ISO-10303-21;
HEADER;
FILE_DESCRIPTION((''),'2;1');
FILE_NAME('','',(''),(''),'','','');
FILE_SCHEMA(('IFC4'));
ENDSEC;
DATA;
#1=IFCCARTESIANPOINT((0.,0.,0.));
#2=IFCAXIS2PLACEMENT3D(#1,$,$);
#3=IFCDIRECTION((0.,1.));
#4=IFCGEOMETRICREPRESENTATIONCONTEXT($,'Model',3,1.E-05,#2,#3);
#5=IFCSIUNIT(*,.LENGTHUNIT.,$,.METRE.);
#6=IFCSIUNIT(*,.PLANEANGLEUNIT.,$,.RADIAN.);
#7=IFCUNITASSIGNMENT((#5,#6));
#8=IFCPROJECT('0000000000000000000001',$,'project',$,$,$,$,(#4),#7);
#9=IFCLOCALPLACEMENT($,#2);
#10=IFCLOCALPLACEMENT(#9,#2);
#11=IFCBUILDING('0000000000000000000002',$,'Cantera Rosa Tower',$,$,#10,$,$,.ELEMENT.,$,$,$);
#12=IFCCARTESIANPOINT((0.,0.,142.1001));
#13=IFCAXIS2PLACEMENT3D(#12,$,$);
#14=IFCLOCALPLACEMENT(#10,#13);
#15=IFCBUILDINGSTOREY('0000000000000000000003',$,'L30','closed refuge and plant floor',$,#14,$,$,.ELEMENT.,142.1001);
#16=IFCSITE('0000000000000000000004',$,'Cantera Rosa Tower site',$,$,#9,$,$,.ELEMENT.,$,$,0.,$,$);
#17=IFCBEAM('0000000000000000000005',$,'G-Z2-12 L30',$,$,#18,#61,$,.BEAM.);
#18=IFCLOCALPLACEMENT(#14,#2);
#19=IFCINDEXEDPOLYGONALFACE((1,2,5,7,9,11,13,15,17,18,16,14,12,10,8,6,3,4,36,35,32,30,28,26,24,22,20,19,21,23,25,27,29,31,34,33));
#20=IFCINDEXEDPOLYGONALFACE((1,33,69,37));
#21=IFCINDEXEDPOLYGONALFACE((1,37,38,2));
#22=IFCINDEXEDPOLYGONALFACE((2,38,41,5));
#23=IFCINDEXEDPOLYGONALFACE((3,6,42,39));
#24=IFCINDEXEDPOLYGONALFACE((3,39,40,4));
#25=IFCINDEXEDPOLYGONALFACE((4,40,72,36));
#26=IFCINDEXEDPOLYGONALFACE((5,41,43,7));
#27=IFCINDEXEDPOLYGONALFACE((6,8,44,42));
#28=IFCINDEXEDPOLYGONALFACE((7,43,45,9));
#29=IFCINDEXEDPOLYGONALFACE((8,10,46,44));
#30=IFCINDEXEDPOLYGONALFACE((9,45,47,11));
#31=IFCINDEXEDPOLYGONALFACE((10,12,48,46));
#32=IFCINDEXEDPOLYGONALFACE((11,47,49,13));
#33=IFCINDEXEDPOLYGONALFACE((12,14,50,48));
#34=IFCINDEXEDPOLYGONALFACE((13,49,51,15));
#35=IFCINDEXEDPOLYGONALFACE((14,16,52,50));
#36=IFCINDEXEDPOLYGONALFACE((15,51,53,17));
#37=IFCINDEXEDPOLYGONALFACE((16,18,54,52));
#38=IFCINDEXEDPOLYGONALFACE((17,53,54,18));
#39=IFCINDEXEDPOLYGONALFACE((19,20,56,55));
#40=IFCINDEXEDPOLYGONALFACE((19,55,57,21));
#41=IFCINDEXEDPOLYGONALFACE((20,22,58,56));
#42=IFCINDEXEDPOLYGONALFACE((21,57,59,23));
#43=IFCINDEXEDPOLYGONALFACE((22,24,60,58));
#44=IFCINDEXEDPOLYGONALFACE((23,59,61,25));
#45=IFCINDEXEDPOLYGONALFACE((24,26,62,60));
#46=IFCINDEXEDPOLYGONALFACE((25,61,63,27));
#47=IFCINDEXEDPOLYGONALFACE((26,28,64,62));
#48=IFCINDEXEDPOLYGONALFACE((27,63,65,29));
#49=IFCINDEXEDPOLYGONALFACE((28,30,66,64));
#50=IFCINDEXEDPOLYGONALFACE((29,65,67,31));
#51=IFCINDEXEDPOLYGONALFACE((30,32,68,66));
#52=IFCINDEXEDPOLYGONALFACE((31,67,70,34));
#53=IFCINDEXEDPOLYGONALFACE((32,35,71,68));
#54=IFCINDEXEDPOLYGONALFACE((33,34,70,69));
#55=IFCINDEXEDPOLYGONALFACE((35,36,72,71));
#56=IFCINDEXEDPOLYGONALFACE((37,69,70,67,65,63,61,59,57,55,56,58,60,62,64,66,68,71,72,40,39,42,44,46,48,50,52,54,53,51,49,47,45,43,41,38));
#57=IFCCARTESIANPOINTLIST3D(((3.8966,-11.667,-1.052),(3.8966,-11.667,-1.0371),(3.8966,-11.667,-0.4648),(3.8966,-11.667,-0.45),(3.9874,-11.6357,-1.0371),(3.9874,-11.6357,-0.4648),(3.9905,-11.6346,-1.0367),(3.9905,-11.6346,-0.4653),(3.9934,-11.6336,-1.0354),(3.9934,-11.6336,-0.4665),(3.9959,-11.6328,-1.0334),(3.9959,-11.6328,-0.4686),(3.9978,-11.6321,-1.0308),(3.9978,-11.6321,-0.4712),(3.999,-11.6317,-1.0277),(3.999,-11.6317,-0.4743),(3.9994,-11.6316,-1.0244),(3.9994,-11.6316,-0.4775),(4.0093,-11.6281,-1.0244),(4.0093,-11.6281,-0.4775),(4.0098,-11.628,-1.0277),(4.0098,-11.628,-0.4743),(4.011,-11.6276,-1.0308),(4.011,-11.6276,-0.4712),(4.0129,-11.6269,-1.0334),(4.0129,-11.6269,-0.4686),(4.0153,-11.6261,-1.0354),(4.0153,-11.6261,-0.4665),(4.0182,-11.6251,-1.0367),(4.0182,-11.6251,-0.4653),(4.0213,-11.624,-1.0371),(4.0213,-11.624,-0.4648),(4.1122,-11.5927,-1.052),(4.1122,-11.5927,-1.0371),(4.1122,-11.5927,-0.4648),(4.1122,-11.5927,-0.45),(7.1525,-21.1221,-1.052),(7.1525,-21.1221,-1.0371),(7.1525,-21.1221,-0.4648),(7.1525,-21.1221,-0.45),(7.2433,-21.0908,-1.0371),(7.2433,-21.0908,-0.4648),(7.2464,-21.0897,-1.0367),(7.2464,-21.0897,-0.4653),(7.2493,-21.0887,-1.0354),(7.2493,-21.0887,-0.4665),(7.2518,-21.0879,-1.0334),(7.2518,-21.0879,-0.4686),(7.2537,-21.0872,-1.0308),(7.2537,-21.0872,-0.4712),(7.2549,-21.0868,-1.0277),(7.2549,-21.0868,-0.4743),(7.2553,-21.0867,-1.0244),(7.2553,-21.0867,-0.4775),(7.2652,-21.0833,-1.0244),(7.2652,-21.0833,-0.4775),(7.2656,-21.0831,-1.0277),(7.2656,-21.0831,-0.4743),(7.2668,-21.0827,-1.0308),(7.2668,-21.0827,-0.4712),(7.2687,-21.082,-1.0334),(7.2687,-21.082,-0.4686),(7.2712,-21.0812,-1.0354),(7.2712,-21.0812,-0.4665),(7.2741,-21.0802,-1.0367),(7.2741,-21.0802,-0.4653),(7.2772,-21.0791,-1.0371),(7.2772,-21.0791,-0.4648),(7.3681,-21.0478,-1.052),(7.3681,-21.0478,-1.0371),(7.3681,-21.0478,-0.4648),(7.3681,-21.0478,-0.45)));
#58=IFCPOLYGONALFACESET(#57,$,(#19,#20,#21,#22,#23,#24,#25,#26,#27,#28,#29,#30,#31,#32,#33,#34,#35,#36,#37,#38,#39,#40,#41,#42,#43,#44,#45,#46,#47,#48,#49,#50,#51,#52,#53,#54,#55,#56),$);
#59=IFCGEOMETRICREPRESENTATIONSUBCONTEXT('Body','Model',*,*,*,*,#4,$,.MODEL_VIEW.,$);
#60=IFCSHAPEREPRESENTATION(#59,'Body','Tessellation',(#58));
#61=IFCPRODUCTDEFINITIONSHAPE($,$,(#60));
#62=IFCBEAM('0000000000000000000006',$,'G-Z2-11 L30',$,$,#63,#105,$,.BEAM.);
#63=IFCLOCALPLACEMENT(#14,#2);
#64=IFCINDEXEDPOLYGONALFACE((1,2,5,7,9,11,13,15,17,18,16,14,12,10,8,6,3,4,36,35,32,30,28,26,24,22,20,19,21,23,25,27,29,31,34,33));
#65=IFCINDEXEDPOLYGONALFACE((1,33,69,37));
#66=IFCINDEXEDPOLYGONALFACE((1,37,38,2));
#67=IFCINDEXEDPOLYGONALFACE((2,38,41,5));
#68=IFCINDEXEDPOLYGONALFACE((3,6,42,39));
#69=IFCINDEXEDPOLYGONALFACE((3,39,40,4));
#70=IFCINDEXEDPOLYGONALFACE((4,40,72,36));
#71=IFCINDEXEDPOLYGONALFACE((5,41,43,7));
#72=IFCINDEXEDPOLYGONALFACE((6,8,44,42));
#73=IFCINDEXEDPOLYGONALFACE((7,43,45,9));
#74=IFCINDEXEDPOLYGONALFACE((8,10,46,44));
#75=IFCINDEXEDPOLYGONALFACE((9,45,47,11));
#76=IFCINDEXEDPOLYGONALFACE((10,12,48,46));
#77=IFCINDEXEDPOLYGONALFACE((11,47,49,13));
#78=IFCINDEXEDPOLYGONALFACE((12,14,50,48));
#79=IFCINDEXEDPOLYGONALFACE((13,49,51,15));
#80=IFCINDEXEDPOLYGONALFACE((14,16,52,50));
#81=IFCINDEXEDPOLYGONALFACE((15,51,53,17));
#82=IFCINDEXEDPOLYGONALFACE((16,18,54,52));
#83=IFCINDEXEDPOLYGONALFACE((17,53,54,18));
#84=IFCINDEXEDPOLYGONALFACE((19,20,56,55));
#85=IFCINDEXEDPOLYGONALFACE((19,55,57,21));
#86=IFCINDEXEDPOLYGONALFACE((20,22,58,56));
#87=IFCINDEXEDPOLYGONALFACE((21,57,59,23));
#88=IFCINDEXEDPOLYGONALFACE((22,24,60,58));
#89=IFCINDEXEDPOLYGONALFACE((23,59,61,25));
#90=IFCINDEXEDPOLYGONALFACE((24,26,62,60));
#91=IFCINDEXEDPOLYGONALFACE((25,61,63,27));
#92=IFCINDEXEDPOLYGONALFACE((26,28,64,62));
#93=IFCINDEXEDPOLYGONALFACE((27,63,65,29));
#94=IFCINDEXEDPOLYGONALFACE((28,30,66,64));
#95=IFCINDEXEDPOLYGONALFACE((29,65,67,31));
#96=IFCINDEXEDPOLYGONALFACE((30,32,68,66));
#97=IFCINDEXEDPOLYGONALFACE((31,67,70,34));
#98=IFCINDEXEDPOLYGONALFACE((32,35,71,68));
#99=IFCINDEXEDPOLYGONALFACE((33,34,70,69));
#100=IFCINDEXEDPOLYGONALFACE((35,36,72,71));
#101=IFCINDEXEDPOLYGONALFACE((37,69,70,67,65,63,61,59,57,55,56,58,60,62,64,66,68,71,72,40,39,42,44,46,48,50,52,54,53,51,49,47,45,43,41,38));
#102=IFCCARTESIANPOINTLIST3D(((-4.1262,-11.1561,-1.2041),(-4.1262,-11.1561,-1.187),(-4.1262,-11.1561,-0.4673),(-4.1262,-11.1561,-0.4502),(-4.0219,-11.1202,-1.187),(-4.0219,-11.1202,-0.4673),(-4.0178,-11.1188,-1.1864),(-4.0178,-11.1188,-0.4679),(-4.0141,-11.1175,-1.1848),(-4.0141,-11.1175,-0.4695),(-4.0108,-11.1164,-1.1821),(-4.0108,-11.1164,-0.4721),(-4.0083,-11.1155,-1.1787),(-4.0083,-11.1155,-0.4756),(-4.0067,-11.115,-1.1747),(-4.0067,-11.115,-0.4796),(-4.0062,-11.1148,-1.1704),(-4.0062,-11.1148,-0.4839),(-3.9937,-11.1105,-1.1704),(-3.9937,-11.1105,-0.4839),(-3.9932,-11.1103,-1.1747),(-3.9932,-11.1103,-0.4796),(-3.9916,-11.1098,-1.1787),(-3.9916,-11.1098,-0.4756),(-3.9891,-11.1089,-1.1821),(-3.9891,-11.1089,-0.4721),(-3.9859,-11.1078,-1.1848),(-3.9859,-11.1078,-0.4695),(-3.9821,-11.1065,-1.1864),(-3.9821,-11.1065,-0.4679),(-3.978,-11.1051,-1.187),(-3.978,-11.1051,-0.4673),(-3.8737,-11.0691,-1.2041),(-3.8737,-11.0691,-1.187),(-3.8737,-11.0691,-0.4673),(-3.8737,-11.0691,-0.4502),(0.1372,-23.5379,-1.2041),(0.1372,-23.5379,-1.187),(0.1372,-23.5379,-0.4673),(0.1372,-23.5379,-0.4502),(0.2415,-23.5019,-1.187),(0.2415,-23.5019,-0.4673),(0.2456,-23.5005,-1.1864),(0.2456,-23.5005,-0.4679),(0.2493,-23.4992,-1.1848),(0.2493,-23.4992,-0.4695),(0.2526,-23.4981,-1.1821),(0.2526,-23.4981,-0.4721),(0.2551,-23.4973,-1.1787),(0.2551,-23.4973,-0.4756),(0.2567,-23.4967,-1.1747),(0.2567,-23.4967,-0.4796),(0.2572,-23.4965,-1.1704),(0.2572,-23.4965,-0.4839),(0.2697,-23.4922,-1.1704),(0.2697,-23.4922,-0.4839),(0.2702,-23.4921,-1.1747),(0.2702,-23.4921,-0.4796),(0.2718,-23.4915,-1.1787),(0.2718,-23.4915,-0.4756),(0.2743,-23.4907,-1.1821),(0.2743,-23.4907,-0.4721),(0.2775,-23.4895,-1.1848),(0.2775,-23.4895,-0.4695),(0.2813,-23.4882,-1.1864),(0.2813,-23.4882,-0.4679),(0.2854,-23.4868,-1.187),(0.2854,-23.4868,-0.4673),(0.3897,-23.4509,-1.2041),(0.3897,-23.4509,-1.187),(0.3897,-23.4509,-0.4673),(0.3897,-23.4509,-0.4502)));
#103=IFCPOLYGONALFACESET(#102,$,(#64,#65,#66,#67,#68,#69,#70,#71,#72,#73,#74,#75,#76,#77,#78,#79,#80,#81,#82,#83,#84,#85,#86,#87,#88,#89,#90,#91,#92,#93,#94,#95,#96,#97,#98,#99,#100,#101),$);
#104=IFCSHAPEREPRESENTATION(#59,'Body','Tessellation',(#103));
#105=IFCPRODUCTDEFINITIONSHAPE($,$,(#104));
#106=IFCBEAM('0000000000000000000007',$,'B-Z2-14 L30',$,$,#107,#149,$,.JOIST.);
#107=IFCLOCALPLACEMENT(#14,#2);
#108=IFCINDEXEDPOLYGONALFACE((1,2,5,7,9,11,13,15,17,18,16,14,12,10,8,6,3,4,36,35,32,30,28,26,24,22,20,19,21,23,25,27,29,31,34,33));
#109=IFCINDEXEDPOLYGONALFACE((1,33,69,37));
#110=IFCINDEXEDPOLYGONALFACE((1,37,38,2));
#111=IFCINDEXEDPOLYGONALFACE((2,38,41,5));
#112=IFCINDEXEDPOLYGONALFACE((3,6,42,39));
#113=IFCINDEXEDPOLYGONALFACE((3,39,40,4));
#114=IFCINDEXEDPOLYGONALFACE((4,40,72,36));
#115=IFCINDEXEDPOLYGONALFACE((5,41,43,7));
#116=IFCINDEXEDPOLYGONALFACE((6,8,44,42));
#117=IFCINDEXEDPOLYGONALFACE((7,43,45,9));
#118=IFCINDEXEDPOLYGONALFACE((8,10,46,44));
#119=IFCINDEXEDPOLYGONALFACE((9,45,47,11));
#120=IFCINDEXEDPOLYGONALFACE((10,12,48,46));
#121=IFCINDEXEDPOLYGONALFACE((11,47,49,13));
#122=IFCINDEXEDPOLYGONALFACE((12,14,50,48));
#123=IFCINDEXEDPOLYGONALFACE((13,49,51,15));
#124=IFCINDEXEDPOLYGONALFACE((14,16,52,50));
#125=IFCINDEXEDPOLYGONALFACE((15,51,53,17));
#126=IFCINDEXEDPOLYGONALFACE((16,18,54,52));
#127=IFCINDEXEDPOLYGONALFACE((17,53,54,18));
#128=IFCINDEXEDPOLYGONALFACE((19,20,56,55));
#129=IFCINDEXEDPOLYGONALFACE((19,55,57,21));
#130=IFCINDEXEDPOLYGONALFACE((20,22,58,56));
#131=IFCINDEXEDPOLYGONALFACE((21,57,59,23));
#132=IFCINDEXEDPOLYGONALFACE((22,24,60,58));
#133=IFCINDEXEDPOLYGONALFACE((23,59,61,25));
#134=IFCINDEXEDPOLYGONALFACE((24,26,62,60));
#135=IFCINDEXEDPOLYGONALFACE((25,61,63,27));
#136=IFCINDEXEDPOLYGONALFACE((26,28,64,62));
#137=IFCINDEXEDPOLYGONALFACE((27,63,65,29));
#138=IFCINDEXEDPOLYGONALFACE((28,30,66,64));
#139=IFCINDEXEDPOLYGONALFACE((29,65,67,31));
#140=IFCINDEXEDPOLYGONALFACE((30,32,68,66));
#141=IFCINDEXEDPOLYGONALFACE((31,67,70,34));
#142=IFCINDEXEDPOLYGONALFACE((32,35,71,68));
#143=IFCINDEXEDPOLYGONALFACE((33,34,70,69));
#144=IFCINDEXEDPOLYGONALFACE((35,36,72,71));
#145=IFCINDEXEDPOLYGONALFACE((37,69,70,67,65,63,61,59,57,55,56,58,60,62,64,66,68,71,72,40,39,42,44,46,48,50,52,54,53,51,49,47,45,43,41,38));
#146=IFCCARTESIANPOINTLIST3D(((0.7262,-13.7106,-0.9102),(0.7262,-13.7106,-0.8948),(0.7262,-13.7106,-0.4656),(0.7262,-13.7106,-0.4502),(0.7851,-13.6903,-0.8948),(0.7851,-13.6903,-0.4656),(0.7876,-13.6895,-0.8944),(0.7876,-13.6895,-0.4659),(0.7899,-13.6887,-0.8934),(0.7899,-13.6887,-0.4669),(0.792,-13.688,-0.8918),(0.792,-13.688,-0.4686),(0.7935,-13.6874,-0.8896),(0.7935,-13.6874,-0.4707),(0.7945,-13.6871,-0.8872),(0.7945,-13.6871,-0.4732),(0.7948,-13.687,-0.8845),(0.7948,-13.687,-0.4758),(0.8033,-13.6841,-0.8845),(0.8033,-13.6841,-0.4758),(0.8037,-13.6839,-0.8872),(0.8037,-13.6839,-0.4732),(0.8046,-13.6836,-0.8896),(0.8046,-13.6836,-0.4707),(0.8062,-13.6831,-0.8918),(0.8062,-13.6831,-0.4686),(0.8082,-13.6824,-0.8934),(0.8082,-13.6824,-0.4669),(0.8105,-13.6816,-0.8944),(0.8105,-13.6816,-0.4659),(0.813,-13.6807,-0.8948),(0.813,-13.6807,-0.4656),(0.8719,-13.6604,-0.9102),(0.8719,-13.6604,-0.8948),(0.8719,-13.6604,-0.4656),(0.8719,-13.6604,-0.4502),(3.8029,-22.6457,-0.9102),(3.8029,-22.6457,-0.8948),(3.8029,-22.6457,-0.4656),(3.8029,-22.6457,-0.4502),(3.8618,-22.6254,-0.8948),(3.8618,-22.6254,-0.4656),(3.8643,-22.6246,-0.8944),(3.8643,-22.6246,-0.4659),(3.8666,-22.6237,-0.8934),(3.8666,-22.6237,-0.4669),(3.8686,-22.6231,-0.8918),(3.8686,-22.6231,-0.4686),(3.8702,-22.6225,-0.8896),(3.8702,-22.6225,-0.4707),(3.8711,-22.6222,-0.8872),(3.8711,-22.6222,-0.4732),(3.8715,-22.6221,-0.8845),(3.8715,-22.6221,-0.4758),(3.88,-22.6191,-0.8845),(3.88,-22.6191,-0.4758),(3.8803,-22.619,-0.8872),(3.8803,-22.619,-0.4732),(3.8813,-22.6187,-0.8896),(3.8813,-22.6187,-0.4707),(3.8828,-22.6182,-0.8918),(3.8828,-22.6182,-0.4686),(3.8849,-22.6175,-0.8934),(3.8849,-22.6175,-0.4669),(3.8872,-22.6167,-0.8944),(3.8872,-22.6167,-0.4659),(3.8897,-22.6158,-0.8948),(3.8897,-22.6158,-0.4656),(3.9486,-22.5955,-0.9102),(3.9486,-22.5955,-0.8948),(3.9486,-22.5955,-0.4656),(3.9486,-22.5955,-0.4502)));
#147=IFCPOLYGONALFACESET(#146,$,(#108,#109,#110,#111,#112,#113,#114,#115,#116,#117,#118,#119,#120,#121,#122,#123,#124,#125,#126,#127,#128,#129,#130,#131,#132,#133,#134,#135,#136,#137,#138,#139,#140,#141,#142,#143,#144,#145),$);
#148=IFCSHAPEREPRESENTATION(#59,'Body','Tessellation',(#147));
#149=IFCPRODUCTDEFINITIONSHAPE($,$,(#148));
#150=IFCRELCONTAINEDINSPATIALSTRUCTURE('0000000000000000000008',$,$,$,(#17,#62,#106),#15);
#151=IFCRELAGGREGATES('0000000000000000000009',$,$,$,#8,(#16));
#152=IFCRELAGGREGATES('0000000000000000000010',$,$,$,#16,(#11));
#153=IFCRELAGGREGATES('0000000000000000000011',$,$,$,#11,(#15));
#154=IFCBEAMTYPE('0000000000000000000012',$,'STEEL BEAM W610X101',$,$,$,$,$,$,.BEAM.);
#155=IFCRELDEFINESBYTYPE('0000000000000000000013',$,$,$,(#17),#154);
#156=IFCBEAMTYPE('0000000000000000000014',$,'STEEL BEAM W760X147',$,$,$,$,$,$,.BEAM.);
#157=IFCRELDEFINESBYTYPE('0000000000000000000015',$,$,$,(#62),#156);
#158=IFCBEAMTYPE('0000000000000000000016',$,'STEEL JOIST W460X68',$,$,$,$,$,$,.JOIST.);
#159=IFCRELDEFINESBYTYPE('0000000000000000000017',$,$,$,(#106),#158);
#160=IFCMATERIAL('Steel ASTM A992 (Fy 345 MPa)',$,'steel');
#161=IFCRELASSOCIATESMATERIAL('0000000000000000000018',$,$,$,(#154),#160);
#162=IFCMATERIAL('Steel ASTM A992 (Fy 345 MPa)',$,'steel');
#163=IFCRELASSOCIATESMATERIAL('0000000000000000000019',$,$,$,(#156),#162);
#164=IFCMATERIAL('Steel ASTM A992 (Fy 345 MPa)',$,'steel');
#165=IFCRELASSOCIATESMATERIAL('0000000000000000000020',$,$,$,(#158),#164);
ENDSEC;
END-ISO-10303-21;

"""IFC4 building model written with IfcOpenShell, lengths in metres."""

from ifc_helpers import new_model, si_unit, direction, frame, origin, origin_2d, place, context, subcontext, project, spatial, i_section, extrude, material, material_profile, profile_set, type_object, element, save


model = new_model("IFC4")

# Units and contexts
model_context = context("Model", 3, precision=1e-05, world=origin(), true_north=direction((0.0, 1.0)))
body_context = subcontext(model_context, "Body", "Model", "MODEL_VIEW")
ifc_project = project(units=[si_unit("LENGTHUNIT", "METRE"), si_unit("PLANEANGLEUNIT", "RADIAN")], contexts=[model_context])

# Site, building, storey
site_placement = place(None, origin())
site = spatial("IfcSite", under=ifc_project, at=site_placement, Name="Cantera Rosa Tower site", CompositionType="ELEMENT", RefElevation=0.0)
building_placement = place(site_placement, origin())
building = spatial("IfcBuilding", under=site, at=building_placement, Name="Cantera Rosa Tower", CompositionType="ELEMENT")
storey_placement = place(building_placement, frame((0.0, 0.0, 142.1001)))
storey = spatial("IfcBuildingStorey", under=building, at=storey_placement, Name="L30", Description="closed refuge and plant floor", CompositionType="ELEMENT", Elevation=142.1001)

# Beams
ifc_material_1 = material(Name="Steel ASTM A992 (Fy 345 MPa)", Category="steel")
ifc_material_profile_1 = material_profile(ifc_material_1, i_section(OverallWidth=0.228, OverallDepth=0.6021, WebThickness=0.0105, FlangeThickness=0.0149, FilletRadius=0.0127, at=origin_2d()), Name="W610X101")
ifc_profile_set_1 = profile_set([ifc_material_profile_1], Name="Steel ASTM A992 (Fy 345 MPa)")
beam_type_1 = type_object("IfcBeamType", Name="STEEL BEAM W610X101", PredefinedType="BEAM", material=ifc_profile_set_1)
beam_1_placement = place(storey_placement, frame((7.2603, -21.085, -0.751), z_axis=(-0.325587, 0.945512, 0.0), x_axis=(-0.945512, -0.325587, 0.0)))
element("IfcBeam", 1, at=beam_1_placement, inside=storey, type_object=beam_type_1, Name="G-Z2-12 L30", PredefinedType="BEAM", context=body_context, shape_type="SweptSolid", body=[
    extrude(i_section(OverallWidth=0.228, OverallDepth=0.6021, WebThickness=0.0105, FlangeThickness=0.0149, FilletRadius=0.0127, at=origin_2d()), origin(), (0.0, 0.0, 1.0), 10.0),
])
ifc_material_2 = material(Name="Steel ASTM A992 (Fy 345 MPa)", Category="steel")
ifc_material_profile_2 = material_profile(ifc_material_2, i_section(OverallWidth=0.2671, OverallDepth=0.7539, WebThickness=0.0132, FlangeThickness=0.0171, FilletRadius=0.0166, at=origin_2d()), Name="W760X147")
ifc_profile_set_2 = profile_set([ifc_material_profile_2], Name="Steel ASTM A992 (Fy 345 MPa)")
beam_type_2 = type_object("IfcBeamType", Name="STEEL BEAM W760X147", PredefinedType="BEAM", material=ifc_profile_set_2)
beam_2_placement = place(storey_placement, frame((0.2634, -23.4944, -0.8271), z_axis=(-0.32557, 0.945518, 0.0), x_axis=(-0.945518, -0.32557, 0.0)))
element("IfcBeam", 2, at=beam_2_placement, inside=storey, type_object=beam_type_2, Name="G-Z2-11 L30", PredefinedType="BEAM", context=body_context, shape_type="SweptSolid", body=[
    extrude(i_section(OverallWidth=0.2671, OverallDepth=0.7539, WebThickness=0.0132, FlangeThickness=0.0171, FilletRadius=0.0166, at=origin_2d()), origin(), (0.0, 0.0, 1.0), 13.0952),
])
ifc_material_3 = material(Name="Steel ASTM A992 (Fy 345 MPa)", Category="steel")
ifc_material_profile_3 = material_profile(ifc_material_3, i_section(OverallWidth=0.1541, OverallDepth=0.46, WebThickness=0.009, FlangeThickness=0.0154, FilletRadius=0.0103, at=origin_2d()), Name="W460X68")
ifc_profile_set_3 = profile_set([ifc_material_profile_3], Name="Steel ASTM A992 (Fy 345 MPa)")
beam_type_3 = type_object("IfcBeamType", Name="STEEL JOIST W460X68", PredefinedType="JOIST", material=ifc_profile_set_3)
beam_3_placement = place(storey_placement, frame((3.8757, -22.6206, -0.6802), z_axis=(-0.325575, 0.945516, 0.0), x_axis=(-0.945516, -0.325575, 0.0)))
element("IfcBeam", 3, at=beam_3_placement, inside=storey, type_object=beam_type_3, Name="B-Z2-14 L30", PredefinedType="JOIST", context=body_context, shape_type="SweptSolid", body=[
    extrude(i_section(OverallWidth=0.1541, OverallDepth=0.46, WebThickness=0.009, FlangeThickness=0.0154, FilletRadius=0.0103, at=origin_2d()), origin(), (0.0, 0.0, 1.0), 9.45),
])

save(model, "model.ifc")
